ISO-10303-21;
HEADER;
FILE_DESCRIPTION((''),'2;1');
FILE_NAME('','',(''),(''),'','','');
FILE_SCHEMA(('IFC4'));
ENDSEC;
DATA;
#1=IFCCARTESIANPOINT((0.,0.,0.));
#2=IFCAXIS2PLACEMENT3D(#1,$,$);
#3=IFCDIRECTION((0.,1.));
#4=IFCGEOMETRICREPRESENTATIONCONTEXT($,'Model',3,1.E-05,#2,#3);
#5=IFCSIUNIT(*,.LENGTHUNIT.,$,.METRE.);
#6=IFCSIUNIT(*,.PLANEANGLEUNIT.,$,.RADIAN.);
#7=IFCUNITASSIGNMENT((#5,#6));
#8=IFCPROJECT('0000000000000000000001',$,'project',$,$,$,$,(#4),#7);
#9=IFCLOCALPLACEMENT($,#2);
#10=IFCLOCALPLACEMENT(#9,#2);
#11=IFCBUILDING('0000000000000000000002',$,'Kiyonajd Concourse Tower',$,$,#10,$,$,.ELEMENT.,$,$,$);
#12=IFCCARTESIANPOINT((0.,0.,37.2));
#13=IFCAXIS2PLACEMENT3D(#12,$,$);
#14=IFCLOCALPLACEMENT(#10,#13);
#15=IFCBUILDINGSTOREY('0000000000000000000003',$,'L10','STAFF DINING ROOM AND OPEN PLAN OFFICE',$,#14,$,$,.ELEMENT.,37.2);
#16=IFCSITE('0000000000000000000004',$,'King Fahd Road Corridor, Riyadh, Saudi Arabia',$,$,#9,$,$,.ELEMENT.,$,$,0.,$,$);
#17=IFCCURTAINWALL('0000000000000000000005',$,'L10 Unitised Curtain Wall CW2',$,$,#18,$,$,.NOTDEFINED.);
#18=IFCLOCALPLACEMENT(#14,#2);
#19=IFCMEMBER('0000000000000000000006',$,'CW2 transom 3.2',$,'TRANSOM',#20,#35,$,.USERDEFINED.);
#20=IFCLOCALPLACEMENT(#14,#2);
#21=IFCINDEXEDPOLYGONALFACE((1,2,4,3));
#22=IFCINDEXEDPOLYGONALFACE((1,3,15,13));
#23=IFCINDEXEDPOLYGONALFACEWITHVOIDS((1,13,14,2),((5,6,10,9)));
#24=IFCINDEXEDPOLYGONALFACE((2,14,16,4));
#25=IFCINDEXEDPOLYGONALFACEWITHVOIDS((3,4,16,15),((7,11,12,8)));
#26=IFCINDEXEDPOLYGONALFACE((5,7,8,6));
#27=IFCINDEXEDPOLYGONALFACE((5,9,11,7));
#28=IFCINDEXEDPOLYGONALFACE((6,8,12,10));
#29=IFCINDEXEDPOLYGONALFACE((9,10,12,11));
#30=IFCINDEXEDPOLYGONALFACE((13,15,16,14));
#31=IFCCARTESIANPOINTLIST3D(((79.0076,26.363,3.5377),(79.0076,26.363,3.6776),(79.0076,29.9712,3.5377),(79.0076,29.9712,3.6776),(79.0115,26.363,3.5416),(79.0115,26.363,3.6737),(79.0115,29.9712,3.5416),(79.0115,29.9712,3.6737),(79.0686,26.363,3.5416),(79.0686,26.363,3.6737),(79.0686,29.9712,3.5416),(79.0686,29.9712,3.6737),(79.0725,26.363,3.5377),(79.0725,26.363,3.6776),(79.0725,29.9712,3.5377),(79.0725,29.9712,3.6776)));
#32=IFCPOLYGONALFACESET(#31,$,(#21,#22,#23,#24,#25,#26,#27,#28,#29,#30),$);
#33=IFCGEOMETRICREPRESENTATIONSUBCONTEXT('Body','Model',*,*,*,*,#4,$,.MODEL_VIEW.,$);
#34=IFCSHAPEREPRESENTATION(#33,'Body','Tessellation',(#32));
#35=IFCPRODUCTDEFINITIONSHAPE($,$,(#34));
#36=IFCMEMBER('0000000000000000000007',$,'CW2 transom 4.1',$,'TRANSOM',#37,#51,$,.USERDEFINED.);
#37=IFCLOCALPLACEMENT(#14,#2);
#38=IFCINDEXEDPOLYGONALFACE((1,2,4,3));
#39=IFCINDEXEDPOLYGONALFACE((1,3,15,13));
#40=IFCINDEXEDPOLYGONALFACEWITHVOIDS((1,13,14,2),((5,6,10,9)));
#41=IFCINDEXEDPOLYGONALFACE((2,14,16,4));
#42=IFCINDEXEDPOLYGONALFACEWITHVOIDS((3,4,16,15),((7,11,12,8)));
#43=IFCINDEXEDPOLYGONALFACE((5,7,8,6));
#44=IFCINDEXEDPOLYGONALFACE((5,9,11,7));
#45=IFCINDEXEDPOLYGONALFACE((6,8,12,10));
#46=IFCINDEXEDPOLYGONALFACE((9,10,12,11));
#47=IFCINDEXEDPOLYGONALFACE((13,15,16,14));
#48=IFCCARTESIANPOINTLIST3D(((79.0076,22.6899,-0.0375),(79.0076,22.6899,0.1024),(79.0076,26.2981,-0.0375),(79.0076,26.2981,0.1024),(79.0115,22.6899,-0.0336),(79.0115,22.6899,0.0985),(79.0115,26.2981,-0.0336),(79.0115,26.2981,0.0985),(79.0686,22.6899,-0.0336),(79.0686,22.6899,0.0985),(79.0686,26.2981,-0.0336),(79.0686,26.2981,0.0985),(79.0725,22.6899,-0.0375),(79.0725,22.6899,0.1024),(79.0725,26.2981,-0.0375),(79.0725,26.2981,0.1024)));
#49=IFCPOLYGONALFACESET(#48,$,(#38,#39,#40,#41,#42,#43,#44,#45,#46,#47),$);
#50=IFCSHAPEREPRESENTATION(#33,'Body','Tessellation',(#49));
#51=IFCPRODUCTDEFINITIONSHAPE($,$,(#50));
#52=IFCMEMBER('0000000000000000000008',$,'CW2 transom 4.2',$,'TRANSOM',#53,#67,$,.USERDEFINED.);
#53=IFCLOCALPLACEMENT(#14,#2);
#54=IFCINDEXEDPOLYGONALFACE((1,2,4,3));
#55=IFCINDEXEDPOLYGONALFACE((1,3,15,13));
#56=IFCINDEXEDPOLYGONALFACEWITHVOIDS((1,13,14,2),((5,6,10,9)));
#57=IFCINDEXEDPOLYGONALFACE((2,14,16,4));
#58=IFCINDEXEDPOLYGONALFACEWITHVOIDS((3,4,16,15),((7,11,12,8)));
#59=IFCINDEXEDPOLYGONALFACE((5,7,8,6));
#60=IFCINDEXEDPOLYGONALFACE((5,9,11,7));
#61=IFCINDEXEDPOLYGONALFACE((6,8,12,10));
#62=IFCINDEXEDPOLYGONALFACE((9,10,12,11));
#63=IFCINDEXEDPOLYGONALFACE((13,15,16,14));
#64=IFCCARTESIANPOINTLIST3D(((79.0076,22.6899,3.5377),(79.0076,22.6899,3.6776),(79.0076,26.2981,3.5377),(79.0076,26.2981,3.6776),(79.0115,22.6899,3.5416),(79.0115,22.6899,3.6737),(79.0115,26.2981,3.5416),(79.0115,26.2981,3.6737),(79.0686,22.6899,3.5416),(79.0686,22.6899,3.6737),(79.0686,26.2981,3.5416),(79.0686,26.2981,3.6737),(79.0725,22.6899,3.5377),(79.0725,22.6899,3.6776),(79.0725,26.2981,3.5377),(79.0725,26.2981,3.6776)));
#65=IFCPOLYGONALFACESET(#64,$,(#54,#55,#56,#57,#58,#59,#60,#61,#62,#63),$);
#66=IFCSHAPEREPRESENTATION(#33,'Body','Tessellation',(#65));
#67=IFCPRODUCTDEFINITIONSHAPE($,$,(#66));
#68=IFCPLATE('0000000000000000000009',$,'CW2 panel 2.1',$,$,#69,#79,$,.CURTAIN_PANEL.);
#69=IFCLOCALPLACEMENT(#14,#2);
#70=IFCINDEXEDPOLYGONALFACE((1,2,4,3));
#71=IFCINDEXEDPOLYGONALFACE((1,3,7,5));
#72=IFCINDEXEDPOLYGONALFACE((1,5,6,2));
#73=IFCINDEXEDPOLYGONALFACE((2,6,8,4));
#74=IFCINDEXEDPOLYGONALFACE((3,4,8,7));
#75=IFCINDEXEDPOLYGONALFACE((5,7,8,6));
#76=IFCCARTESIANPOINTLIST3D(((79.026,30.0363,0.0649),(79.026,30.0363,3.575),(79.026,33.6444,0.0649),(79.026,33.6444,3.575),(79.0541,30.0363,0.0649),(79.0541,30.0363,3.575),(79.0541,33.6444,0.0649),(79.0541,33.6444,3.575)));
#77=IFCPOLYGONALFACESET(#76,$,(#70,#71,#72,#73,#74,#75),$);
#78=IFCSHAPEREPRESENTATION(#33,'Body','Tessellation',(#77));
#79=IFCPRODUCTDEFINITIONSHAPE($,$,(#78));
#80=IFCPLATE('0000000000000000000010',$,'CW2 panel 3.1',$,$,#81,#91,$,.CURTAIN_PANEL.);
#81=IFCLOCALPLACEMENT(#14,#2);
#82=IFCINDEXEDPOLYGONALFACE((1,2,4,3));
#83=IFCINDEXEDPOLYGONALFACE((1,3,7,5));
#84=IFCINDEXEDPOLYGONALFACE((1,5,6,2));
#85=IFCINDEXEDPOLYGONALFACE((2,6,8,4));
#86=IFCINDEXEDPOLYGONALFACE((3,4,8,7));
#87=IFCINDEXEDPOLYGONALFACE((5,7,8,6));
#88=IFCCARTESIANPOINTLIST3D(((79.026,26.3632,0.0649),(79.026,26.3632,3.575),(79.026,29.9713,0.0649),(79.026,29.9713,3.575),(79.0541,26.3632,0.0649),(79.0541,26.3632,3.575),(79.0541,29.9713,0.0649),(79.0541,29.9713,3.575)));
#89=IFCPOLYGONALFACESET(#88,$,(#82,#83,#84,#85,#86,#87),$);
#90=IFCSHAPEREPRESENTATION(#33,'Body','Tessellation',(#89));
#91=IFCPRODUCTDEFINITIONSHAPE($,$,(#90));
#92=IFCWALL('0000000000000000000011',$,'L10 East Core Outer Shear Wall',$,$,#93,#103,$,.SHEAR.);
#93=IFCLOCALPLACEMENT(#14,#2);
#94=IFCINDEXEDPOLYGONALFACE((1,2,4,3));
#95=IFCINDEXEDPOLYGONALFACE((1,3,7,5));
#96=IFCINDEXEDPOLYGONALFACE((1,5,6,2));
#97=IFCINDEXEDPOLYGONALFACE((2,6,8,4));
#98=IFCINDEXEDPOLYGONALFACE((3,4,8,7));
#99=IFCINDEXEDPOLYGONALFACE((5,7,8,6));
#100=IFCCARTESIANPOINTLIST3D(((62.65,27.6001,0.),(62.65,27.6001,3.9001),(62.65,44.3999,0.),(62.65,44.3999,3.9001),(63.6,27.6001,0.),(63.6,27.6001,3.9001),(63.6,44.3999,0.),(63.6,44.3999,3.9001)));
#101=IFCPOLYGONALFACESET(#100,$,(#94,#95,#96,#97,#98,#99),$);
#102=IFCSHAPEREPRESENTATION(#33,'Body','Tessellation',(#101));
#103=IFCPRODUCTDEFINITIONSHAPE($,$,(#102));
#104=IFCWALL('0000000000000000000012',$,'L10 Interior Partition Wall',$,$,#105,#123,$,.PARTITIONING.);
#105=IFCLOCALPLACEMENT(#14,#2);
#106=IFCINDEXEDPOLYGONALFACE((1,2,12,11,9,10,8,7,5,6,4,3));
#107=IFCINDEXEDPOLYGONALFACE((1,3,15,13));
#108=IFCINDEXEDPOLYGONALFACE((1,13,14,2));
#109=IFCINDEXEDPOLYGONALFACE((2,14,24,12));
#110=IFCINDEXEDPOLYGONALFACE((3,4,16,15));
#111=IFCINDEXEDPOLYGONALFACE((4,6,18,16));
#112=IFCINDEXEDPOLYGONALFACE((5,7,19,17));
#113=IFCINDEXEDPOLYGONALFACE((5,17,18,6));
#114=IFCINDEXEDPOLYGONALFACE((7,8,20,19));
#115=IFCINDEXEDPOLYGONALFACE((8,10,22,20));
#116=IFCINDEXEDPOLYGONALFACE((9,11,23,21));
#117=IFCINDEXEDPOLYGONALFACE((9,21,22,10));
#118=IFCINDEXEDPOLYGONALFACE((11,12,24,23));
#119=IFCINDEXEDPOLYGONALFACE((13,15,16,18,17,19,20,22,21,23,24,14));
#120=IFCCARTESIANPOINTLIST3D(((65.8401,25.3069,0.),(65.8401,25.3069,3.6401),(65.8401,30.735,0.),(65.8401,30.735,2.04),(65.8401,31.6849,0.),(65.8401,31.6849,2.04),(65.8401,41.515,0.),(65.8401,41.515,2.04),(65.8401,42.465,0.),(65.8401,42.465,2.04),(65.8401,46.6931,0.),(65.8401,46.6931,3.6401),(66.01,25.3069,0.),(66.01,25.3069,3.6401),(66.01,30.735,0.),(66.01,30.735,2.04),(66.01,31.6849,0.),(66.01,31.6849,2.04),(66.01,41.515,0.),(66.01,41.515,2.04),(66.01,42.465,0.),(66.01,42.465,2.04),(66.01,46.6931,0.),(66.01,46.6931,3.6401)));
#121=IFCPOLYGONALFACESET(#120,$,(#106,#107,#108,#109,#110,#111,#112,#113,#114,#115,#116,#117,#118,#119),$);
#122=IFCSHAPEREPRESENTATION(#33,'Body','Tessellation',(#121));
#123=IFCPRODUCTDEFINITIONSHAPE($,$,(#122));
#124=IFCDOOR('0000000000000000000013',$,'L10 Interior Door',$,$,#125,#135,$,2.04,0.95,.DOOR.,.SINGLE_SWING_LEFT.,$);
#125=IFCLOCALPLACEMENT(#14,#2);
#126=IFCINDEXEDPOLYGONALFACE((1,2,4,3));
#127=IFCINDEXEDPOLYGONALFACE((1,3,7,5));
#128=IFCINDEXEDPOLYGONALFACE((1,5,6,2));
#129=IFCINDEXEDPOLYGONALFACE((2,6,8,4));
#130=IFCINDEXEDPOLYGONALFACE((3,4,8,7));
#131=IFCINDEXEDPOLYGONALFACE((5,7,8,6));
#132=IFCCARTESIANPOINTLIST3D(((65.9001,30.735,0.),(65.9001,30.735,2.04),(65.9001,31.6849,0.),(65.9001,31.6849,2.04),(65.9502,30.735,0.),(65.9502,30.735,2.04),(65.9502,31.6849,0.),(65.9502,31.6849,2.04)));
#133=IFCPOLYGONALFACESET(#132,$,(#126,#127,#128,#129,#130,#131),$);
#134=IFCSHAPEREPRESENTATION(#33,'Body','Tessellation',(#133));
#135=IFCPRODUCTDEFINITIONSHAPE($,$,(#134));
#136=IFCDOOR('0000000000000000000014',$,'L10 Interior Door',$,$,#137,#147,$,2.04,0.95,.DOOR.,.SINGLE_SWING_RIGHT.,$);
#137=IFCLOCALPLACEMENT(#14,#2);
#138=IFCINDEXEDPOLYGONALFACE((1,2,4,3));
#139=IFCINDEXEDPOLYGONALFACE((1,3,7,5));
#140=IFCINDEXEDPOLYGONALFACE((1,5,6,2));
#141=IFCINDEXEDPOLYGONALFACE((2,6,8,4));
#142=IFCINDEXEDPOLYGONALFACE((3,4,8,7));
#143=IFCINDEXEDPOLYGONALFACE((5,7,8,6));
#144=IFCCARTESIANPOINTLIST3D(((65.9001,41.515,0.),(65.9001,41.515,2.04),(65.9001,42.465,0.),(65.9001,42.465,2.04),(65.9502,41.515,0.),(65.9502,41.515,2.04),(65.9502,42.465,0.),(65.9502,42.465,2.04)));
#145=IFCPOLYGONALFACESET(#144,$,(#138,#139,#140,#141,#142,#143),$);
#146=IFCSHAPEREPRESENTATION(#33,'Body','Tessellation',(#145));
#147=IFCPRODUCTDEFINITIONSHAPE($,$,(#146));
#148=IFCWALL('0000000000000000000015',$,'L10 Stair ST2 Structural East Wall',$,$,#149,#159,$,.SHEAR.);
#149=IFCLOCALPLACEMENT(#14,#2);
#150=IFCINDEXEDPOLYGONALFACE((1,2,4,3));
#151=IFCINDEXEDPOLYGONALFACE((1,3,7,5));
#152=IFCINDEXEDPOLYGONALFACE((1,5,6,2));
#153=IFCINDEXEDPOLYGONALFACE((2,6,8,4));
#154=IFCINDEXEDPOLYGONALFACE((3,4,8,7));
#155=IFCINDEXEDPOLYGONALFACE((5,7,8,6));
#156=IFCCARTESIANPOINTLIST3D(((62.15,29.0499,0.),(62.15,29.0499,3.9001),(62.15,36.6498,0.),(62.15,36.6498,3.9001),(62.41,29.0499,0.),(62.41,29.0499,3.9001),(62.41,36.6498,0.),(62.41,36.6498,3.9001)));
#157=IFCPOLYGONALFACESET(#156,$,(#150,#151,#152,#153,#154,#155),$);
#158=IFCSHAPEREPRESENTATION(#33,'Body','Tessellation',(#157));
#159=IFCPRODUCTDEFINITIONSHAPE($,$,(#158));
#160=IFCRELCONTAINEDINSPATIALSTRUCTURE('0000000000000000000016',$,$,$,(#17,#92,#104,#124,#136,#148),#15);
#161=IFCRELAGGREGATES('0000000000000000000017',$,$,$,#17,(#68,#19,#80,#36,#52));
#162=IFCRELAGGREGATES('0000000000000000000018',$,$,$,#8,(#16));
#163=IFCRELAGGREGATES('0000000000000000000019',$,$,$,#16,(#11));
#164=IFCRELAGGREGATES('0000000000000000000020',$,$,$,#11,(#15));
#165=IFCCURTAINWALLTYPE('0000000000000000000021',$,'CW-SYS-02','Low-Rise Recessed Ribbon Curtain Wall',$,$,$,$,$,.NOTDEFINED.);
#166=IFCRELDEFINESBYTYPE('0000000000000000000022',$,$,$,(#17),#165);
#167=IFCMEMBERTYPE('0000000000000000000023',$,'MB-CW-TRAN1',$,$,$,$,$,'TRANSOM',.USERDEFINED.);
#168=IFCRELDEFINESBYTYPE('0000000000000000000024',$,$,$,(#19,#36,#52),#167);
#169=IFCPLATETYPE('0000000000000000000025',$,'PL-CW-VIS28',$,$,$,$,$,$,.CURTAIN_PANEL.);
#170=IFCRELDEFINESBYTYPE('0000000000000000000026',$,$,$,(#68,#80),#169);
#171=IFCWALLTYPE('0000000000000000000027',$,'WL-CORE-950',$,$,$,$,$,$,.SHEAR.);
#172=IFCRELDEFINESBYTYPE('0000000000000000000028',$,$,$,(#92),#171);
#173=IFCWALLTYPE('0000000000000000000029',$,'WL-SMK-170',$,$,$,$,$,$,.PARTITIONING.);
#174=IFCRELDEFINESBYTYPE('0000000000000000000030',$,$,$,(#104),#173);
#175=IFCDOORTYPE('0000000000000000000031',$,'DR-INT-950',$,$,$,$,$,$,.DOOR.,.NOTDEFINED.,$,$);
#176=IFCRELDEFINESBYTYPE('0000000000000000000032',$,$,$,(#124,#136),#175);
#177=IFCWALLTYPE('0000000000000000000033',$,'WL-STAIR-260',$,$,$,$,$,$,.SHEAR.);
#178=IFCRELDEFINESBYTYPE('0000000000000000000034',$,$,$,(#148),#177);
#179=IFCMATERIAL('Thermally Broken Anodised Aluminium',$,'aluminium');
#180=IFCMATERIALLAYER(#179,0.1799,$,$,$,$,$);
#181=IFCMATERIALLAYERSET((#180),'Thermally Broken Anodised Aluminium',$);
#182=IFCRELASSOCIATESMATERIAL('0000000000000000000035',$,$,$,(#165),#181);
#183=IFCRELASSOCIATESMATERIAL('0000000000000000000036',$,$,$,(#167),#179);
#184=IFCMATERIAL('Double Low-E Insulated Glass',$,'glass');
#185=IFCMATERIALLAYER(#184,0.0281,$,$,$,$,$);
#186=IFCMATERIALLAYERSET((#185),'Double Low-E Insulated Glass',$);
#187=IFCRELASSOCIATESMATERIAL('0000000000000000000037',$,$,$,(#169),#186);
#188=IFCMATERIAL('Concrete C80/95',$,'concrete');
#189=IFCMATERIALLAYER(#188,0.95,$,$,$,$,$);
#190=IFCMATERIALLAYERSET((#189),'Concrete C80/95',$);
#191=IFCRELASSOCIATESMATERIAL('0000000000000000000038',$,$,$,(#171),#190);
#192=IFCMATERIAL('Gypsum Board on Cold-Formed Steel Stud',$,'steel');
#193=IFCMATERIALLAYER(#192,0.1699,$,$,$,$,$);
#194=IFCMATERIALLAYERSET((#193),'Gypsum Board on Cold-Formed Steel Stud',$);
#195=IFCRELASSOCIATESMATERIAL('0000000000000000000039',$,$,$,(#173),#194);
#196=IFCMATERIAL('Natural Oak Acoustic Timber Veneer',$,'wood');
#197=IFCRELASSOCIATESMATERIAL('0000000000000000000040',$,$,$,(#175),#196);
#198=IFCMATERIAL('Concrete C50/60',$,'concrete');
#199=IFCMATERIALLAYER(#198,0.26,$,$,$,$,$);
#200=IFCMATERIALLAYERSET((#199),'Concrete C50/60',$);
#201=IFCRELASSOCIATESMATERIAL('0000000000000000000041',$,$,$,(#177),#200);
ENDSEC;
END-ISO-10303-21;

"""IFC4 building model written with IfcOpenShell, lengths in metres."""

from ifc_helpers import new_model, si_unit, direction, frame, frame_2d, origin, origin_2d, place, context, subcontext, project, spatial, rectangle, hollow_rectangle, extrude, material, layer, layer_set, material_profile, profile_set, type_object, element, fill, aggregate, save


model = new_model("IFC4")

# Units and contexts
model_context = context("Model", 3, precision=1e-05, world=origin(), true_north=direction((0.0, 1.0)))
body_context = subcontext(model_context, "Body", "Model", "MODEL_VIEW")
ifc_project = project(units=[si_unit("LENGTHUNIT", "METRE"), si_unit("PLANEANGLEUNIT", "RADIAN")], contexts=[model_context])

# Site, building, storey
site_placement = place(None, origin())
site = spatial("IfcSite", under=ifc_project, at=site_placement, Name="King Fahd Road Corridor, Riyadh, Saudi Arabia", CompositionType="ELEMENT", RefElevation=0.0)
building_placement = place(site_placement, origin())
building = spatial("IfcBuilding", under=site, at=building_placement, Name="Kiyonajd Concourse Tower", CompositionType="ELEMENT")
storey_placement = place(building_placement, frame((0.0, 0.0, 37.2)))
storey = spatial("IfcBuildingStorey", under=building, at=storey_placement, Name="L10", Description="STAFF DINING ROOM AND OPEN PLAN OFFICE", CompositionType="ELEMENT", Elevation=37.2)

# Shared definitions
ifc_material_1 = material(Name="Concrete C80/95", Category="concrete")

# Curtain wall, members, plates
ifc_material_2 = material(Name="Thermally Broken Anodised Aluminium", Category="aluminium")
ifc_layer_1 = layer(ifc_material_2, 0.1799)
ifc_layer_set_1 = layer_set([ifc_layer_1], Name="Thermally Broken Anodised Aluminium")
curtain_wall_type = type_object("IfcCurtainWallType", Name="CW-SYS-02", Description="Low-Rise Recessed Ribbon Curtain Wall", PredefinedType="NOTDEFINED", material=ifc_layer_set_1)
curtain_wall_placement = place(storey_placement, origin())
curtain_wall = element("IfcCurtainWall", 1, at=curtain_wall_placement, inside=storey, type_object=curtain_wall_type, Name="L10 Unitised Curtain Wall CW2", PredefinedType="NOTDEFINED")
ifc_material_profile_1 = material_profile(ifc_material_2, hollow_rectangle(XDim=0.0649, YDim=0.1399, WallThickness=0.0039, at=origin_2d()), Name="TRAN-65x140")
ifc_profile_set_1 = profile_set([ifc_material_profile_1], Name="Thermally Broken Anodised Aluminium")
member_type_1 = type_object("IfcMemberType", Name="MB-CW-TRAN1", ElementType="TRANSOM", PredefinedType="USERDEFINED", material=ifc_profile_set_1)
member_1_placement = place(storey_placement, frame((79.04, 29.9712, 3.6077), z_axis=(0.0, -1.0, 0.0), x_axis=(1.0, 0.0, 0.0)))
member_1 = element("IfcMember", 2, at=member_1_placement, type_object=member_type_1, Name="CW2 transom 3.2", ObjectType="TRANSOM", PredefinedType="USERDEFINED", context=body_context, shape_type="SweptSolid", body=[
    extrude(hollow_rectangle(XDim=0.0649, YDim=0.1399, WallThickness=0.0039, at=origin_2d()), origin(), (0.0, 0.0, 1.0), 3.6082),
])
member_2_placement = place(storey_placement, frame((79.04, 26.2981, 0.0325), z_axis=(0.0, -1.0, 0.0), x_axis=(1.0, 0.0, 0.0)))
member_2 = element("IfcMember", 3, at=member_2_placement, type_object=member_type_1, Name="CW2 transom 4.1", ObjectType="TRANSOM", PredefinedType="USERDEFINED", context=body_context, shape_type="SweptSolid", body=[
    extrude(hollow_rectangle(XDim=0.0649, YDim=0.1399, WallThickness=0.0039, at=origin_2d()), origin(), (0.0, 0.0, 1.0), 3.6082),
])
member_3_placement = place(storey_placement, frame((79.04, 26.2981, 3.6077), z_axis=(0.0, -1.0, 0.0), x_axis=(1.0, 0.0, 0.0)))
member_3 = element("IfcMember", 4, at=member_3_placement, type_object=member_type_1, Name="CW2 transom 4.2", ObjectType="TRANSOM", PredefinedType="USERDEFINED", context=body_context, shape_type="SweptSolid", body=[
    extrude(hollow_rectangle(XDim=0.0649, YDim=0.1399, WallThickness=0.0039, at=origin_2d()), origin(), (0.0, 0.0, 1.0), 3.6082),
])
ifc_material_3 = material(Name="Double Low-E Insulated Glass", Category="glass")
ifc_layer_2 = layer(ifc_material_3, 0.0281)
ifc_layer_set_2 = layer_set([ifc_layer_2], Name="Double Low-E Insulated Glass")
plate_type = type_object("IfcPlateType", Name="PL-CW-VIS28", PredefinedType="CURTAIN_PANEL", material=ifc_layer_set_2)
plate_1_placement = place(storey_placement, frame((79.04, 31.8403, 0.0649), z_axis=(0.0, 0.0, 1.0), x_axis=(0.0, -1.0, 0.0)))
plate_1 = element("IfcPlate", 5, at=plate_1_placement, type_object=plate_type, Name="CW2 panel 2.1", PredefinedType="CURTAIN_PANEL", context=body_context, shape_type="SweptSolid", body=[
    extrude(rectangle(XDim=3.6082, YDim=0.0281, at=origin_2d()), origin(), (0.0, 0.0, 1.0), 3.51),
])
plate_2_placement = place(storey_placement, frame((79.04, 28.1672, 0.0649), z_axis=(0.0, 0.0, 1.0), x_axis=(0.0, -1.0, 0.0)))
plate_2 = element("IfcPlate", 6, at=plate_2_placement, type_object=plate_type, Name="CW2 panel 3.1", PredefinedType="CURTAIN_PANEL", context=body_context, shape_type="SweptSolid", body=[
    extrude(rectangle(XDim=3.6082, YDim=0.0281, at=origin_2d()), origin(), (0.0, 0.0, 1.0), 3.51),
])
aggregate(curtain_wall, [plate_1, member_1, plate_2, member_2, member_3])

# Wall
ifc_layer_3 = layer(ifc_material_1, 0.95)
ifc_layer_set_3 = layer_set([ifc_layer_3], Name="Concrete C80/95")
wall_type_1 = type_object("IfcWallType", Name="WL-CORE-950", PredefinedType="SHEAR", material=ifc_layer_set_3)
wall_1_placement = place(storey_placement, frame((63.125, 27.6001, 0.0), z_axis=(0.0, 0.0, 1.0), x_axis=(0.0, 1.0, 0.0)))
element("IfcWall", 7, at=wall_1_placement, inside=storey, type_object=wall_type_1, Name="L10 East Core Outer Shear Wall", PredefinedType="SHEAR", context=body_context, shape_type="SweptSolid", body=[
    extrude(rectangle(XDim=16.7998, YDim=0.95, at=frame_2d((8.3999, 0.0))), origin(), (0.0, 0.0, 1.0), 3.9001),
])

# Wall, openings, doors
ifc_material_4 = material(Name="Gypsum Board on Cold-Formed Steel Stud", Category="steel")
ifc_layer_4 = layer(ifc_material_4, 0.1699)
ifc_layer_set_4 = layer_set([ifc_layer_4], Name="Gypsum Board on Cold-Formed Steel Stud")
wall_type_2 = type_object("IfcWallType", Name="WL-SMK-170", PredefinedType="PARTITIONING", material=ifc_layer_set_4)
wall_2_placement = place(storey_placement, frame((65.925, 25.3069, 0.0), z_axis=(0.0, 0.0, 1.0), x_axis=(0.0, 1.0, 0.0)))
wall_2 = element("IfcWall", 8, at=wall_2_placement, inside=storey, type_object=wall_type_2, Name="L10 Interior Partition Wall", PredefinedType="PARTITIONING", context=body_context, shape_type="SweptSolid", body=[
    extrude(rectangle(XDim=21.3862, YDim=0.1699, at=frame_2d((10.6931, 0.0))), origin(), (0.0, 0.0, 1.0), 3.6401),
])
opening_1_placement = place(wall_2_placement, frame((5.428, 0.0, 0.0)))
opening_1 = element("IfcOpeningElement", 9, at=opening_1_placement, cuts=wall_2, PredefinedType="OPENING", context=body_context, shape_type="SweptSolid", body=[
    extrude(rectangle(XDim=0.95, YDim=2.04, at=frame_2d((0.4751, 1.02))), frame((0.0, 0.095, 0.0), z_axis=(0.0, -1.0, 0.0), x_axis=(1.0, 0.0, 0.0)), (0.0, 0.0, 1.0), 0.1899),
])
opening_2_placement = place(wall_2_placement, frame((16.208, 0.0, 0.0)))
opening_2 = element("IfcOpeningElement", 10, at=opening_2_placement, cuts=wall_2, PredefinedType="OPENING", context=body_context, shape_type="SweptSolid", body=[
    extrude(rectangle(XDim=0.95, YDim=2.04, at=frame_2d((0.4751, 1.02))), frame((0.0, 0.095, 0.0), z_axis=(0.0, -1.0, 0.0), x_axis=(1.0, 0.0, 0.0)), (0.0, 0.0, 1.0), 0.1899),
])
ifc_material_5 = material(Name="Natural Oak Acoustic Timber Veneer", Category="wood")
door_type = type_object("IfcDoorType", Name="DR-INT-950", OperationType="NOTDEFINED", PredefinedType="DOOR", material=ifc_material_5)
door_1_placement = place(opening_1_placement, origin())
door_1 = element("IfcDoor", 11, at=door_1_placement, inside=storey, type_object=door_type, Name="L10 Interior Door", OperationType="SINGLE_SWING_LEFT", OverallHeight=2.04, OverallWidth=0.95, PredefinedType="DOOR", context=body_context, shape_type="SweptSolid", body=[
    extrude(rectangle(XDim=0.95, YDim=2.04, at=frame_2d((0.4751, 1.02))), frame((0.0, 0.0249, 0.0), z_axis=(0.0, -1.0, 0.0), x_axis=(1.0, 0.0, 0.0)), (0.0, 0.0, 1.0), 0.05),
])
fill(opening_1, door_1)
door_2_placement = place(opening_2_placement, origin())
door_2 = element("IfcDoor", 12, at=door_2_placement, inside=storey, type_object=door_type, Name="L10 Interior Door", OperationType="SINGLE_SWING_RIGHT", OverallHeight=2.04, OverallWidth=0.95, PredefinedType="DOOR", context=body_context, shape_type="SweptSolid", body=[
    extrude(rectangle(XDim=0.95, YDim=2.04, at=frame_2d((0.4751, 1.02))), frame((0.0, 0.0249, 0.0), z_axis=(0.0, -1.0, 0.0), x_axis=(1.0, 0.0, 0.0)), (0.0, 0.0, 1.0), 0.05),
])
fill(opening_2, door_2)

# Wall
ifc_material_6 = material(Name="Concrete C50/60", Category="concrete")
ifc_layer_5 = layer(ifc_material_6, 0.26)
ifc_layer_set_5 = layer_set([ifc_layer_5], Name="Concrete C50/60")
wall_type_3 = type_object("IfcWallType", Name="WL-STAIR-260", PredefinedType="SHEAR", material=ifc_layer_set_5)
wall_3_placement = place(storey_placement, frame((62.28, 29.05, 0.0), z_axis=(0.0, 0.0, 1.0), x_axis=(0.0, 1.0, 0.0)))
element("IfcWall", 13, at=wall_3_placement, inside=storey, type_object=wall_type_3, Name="L10 Stair ST2 Structural East Wall", PredefinedType="SHEAR", context=body_context, shape_type="SweptSolid", body=[
    extrude(rectangle(XDim=7.5999, YDim=0.26, at=frame_2d((3.7998, 0.0))), origin(), (0.0, 0.0, 1.0), 3.9001),
])

save(model, "model.ifc")
